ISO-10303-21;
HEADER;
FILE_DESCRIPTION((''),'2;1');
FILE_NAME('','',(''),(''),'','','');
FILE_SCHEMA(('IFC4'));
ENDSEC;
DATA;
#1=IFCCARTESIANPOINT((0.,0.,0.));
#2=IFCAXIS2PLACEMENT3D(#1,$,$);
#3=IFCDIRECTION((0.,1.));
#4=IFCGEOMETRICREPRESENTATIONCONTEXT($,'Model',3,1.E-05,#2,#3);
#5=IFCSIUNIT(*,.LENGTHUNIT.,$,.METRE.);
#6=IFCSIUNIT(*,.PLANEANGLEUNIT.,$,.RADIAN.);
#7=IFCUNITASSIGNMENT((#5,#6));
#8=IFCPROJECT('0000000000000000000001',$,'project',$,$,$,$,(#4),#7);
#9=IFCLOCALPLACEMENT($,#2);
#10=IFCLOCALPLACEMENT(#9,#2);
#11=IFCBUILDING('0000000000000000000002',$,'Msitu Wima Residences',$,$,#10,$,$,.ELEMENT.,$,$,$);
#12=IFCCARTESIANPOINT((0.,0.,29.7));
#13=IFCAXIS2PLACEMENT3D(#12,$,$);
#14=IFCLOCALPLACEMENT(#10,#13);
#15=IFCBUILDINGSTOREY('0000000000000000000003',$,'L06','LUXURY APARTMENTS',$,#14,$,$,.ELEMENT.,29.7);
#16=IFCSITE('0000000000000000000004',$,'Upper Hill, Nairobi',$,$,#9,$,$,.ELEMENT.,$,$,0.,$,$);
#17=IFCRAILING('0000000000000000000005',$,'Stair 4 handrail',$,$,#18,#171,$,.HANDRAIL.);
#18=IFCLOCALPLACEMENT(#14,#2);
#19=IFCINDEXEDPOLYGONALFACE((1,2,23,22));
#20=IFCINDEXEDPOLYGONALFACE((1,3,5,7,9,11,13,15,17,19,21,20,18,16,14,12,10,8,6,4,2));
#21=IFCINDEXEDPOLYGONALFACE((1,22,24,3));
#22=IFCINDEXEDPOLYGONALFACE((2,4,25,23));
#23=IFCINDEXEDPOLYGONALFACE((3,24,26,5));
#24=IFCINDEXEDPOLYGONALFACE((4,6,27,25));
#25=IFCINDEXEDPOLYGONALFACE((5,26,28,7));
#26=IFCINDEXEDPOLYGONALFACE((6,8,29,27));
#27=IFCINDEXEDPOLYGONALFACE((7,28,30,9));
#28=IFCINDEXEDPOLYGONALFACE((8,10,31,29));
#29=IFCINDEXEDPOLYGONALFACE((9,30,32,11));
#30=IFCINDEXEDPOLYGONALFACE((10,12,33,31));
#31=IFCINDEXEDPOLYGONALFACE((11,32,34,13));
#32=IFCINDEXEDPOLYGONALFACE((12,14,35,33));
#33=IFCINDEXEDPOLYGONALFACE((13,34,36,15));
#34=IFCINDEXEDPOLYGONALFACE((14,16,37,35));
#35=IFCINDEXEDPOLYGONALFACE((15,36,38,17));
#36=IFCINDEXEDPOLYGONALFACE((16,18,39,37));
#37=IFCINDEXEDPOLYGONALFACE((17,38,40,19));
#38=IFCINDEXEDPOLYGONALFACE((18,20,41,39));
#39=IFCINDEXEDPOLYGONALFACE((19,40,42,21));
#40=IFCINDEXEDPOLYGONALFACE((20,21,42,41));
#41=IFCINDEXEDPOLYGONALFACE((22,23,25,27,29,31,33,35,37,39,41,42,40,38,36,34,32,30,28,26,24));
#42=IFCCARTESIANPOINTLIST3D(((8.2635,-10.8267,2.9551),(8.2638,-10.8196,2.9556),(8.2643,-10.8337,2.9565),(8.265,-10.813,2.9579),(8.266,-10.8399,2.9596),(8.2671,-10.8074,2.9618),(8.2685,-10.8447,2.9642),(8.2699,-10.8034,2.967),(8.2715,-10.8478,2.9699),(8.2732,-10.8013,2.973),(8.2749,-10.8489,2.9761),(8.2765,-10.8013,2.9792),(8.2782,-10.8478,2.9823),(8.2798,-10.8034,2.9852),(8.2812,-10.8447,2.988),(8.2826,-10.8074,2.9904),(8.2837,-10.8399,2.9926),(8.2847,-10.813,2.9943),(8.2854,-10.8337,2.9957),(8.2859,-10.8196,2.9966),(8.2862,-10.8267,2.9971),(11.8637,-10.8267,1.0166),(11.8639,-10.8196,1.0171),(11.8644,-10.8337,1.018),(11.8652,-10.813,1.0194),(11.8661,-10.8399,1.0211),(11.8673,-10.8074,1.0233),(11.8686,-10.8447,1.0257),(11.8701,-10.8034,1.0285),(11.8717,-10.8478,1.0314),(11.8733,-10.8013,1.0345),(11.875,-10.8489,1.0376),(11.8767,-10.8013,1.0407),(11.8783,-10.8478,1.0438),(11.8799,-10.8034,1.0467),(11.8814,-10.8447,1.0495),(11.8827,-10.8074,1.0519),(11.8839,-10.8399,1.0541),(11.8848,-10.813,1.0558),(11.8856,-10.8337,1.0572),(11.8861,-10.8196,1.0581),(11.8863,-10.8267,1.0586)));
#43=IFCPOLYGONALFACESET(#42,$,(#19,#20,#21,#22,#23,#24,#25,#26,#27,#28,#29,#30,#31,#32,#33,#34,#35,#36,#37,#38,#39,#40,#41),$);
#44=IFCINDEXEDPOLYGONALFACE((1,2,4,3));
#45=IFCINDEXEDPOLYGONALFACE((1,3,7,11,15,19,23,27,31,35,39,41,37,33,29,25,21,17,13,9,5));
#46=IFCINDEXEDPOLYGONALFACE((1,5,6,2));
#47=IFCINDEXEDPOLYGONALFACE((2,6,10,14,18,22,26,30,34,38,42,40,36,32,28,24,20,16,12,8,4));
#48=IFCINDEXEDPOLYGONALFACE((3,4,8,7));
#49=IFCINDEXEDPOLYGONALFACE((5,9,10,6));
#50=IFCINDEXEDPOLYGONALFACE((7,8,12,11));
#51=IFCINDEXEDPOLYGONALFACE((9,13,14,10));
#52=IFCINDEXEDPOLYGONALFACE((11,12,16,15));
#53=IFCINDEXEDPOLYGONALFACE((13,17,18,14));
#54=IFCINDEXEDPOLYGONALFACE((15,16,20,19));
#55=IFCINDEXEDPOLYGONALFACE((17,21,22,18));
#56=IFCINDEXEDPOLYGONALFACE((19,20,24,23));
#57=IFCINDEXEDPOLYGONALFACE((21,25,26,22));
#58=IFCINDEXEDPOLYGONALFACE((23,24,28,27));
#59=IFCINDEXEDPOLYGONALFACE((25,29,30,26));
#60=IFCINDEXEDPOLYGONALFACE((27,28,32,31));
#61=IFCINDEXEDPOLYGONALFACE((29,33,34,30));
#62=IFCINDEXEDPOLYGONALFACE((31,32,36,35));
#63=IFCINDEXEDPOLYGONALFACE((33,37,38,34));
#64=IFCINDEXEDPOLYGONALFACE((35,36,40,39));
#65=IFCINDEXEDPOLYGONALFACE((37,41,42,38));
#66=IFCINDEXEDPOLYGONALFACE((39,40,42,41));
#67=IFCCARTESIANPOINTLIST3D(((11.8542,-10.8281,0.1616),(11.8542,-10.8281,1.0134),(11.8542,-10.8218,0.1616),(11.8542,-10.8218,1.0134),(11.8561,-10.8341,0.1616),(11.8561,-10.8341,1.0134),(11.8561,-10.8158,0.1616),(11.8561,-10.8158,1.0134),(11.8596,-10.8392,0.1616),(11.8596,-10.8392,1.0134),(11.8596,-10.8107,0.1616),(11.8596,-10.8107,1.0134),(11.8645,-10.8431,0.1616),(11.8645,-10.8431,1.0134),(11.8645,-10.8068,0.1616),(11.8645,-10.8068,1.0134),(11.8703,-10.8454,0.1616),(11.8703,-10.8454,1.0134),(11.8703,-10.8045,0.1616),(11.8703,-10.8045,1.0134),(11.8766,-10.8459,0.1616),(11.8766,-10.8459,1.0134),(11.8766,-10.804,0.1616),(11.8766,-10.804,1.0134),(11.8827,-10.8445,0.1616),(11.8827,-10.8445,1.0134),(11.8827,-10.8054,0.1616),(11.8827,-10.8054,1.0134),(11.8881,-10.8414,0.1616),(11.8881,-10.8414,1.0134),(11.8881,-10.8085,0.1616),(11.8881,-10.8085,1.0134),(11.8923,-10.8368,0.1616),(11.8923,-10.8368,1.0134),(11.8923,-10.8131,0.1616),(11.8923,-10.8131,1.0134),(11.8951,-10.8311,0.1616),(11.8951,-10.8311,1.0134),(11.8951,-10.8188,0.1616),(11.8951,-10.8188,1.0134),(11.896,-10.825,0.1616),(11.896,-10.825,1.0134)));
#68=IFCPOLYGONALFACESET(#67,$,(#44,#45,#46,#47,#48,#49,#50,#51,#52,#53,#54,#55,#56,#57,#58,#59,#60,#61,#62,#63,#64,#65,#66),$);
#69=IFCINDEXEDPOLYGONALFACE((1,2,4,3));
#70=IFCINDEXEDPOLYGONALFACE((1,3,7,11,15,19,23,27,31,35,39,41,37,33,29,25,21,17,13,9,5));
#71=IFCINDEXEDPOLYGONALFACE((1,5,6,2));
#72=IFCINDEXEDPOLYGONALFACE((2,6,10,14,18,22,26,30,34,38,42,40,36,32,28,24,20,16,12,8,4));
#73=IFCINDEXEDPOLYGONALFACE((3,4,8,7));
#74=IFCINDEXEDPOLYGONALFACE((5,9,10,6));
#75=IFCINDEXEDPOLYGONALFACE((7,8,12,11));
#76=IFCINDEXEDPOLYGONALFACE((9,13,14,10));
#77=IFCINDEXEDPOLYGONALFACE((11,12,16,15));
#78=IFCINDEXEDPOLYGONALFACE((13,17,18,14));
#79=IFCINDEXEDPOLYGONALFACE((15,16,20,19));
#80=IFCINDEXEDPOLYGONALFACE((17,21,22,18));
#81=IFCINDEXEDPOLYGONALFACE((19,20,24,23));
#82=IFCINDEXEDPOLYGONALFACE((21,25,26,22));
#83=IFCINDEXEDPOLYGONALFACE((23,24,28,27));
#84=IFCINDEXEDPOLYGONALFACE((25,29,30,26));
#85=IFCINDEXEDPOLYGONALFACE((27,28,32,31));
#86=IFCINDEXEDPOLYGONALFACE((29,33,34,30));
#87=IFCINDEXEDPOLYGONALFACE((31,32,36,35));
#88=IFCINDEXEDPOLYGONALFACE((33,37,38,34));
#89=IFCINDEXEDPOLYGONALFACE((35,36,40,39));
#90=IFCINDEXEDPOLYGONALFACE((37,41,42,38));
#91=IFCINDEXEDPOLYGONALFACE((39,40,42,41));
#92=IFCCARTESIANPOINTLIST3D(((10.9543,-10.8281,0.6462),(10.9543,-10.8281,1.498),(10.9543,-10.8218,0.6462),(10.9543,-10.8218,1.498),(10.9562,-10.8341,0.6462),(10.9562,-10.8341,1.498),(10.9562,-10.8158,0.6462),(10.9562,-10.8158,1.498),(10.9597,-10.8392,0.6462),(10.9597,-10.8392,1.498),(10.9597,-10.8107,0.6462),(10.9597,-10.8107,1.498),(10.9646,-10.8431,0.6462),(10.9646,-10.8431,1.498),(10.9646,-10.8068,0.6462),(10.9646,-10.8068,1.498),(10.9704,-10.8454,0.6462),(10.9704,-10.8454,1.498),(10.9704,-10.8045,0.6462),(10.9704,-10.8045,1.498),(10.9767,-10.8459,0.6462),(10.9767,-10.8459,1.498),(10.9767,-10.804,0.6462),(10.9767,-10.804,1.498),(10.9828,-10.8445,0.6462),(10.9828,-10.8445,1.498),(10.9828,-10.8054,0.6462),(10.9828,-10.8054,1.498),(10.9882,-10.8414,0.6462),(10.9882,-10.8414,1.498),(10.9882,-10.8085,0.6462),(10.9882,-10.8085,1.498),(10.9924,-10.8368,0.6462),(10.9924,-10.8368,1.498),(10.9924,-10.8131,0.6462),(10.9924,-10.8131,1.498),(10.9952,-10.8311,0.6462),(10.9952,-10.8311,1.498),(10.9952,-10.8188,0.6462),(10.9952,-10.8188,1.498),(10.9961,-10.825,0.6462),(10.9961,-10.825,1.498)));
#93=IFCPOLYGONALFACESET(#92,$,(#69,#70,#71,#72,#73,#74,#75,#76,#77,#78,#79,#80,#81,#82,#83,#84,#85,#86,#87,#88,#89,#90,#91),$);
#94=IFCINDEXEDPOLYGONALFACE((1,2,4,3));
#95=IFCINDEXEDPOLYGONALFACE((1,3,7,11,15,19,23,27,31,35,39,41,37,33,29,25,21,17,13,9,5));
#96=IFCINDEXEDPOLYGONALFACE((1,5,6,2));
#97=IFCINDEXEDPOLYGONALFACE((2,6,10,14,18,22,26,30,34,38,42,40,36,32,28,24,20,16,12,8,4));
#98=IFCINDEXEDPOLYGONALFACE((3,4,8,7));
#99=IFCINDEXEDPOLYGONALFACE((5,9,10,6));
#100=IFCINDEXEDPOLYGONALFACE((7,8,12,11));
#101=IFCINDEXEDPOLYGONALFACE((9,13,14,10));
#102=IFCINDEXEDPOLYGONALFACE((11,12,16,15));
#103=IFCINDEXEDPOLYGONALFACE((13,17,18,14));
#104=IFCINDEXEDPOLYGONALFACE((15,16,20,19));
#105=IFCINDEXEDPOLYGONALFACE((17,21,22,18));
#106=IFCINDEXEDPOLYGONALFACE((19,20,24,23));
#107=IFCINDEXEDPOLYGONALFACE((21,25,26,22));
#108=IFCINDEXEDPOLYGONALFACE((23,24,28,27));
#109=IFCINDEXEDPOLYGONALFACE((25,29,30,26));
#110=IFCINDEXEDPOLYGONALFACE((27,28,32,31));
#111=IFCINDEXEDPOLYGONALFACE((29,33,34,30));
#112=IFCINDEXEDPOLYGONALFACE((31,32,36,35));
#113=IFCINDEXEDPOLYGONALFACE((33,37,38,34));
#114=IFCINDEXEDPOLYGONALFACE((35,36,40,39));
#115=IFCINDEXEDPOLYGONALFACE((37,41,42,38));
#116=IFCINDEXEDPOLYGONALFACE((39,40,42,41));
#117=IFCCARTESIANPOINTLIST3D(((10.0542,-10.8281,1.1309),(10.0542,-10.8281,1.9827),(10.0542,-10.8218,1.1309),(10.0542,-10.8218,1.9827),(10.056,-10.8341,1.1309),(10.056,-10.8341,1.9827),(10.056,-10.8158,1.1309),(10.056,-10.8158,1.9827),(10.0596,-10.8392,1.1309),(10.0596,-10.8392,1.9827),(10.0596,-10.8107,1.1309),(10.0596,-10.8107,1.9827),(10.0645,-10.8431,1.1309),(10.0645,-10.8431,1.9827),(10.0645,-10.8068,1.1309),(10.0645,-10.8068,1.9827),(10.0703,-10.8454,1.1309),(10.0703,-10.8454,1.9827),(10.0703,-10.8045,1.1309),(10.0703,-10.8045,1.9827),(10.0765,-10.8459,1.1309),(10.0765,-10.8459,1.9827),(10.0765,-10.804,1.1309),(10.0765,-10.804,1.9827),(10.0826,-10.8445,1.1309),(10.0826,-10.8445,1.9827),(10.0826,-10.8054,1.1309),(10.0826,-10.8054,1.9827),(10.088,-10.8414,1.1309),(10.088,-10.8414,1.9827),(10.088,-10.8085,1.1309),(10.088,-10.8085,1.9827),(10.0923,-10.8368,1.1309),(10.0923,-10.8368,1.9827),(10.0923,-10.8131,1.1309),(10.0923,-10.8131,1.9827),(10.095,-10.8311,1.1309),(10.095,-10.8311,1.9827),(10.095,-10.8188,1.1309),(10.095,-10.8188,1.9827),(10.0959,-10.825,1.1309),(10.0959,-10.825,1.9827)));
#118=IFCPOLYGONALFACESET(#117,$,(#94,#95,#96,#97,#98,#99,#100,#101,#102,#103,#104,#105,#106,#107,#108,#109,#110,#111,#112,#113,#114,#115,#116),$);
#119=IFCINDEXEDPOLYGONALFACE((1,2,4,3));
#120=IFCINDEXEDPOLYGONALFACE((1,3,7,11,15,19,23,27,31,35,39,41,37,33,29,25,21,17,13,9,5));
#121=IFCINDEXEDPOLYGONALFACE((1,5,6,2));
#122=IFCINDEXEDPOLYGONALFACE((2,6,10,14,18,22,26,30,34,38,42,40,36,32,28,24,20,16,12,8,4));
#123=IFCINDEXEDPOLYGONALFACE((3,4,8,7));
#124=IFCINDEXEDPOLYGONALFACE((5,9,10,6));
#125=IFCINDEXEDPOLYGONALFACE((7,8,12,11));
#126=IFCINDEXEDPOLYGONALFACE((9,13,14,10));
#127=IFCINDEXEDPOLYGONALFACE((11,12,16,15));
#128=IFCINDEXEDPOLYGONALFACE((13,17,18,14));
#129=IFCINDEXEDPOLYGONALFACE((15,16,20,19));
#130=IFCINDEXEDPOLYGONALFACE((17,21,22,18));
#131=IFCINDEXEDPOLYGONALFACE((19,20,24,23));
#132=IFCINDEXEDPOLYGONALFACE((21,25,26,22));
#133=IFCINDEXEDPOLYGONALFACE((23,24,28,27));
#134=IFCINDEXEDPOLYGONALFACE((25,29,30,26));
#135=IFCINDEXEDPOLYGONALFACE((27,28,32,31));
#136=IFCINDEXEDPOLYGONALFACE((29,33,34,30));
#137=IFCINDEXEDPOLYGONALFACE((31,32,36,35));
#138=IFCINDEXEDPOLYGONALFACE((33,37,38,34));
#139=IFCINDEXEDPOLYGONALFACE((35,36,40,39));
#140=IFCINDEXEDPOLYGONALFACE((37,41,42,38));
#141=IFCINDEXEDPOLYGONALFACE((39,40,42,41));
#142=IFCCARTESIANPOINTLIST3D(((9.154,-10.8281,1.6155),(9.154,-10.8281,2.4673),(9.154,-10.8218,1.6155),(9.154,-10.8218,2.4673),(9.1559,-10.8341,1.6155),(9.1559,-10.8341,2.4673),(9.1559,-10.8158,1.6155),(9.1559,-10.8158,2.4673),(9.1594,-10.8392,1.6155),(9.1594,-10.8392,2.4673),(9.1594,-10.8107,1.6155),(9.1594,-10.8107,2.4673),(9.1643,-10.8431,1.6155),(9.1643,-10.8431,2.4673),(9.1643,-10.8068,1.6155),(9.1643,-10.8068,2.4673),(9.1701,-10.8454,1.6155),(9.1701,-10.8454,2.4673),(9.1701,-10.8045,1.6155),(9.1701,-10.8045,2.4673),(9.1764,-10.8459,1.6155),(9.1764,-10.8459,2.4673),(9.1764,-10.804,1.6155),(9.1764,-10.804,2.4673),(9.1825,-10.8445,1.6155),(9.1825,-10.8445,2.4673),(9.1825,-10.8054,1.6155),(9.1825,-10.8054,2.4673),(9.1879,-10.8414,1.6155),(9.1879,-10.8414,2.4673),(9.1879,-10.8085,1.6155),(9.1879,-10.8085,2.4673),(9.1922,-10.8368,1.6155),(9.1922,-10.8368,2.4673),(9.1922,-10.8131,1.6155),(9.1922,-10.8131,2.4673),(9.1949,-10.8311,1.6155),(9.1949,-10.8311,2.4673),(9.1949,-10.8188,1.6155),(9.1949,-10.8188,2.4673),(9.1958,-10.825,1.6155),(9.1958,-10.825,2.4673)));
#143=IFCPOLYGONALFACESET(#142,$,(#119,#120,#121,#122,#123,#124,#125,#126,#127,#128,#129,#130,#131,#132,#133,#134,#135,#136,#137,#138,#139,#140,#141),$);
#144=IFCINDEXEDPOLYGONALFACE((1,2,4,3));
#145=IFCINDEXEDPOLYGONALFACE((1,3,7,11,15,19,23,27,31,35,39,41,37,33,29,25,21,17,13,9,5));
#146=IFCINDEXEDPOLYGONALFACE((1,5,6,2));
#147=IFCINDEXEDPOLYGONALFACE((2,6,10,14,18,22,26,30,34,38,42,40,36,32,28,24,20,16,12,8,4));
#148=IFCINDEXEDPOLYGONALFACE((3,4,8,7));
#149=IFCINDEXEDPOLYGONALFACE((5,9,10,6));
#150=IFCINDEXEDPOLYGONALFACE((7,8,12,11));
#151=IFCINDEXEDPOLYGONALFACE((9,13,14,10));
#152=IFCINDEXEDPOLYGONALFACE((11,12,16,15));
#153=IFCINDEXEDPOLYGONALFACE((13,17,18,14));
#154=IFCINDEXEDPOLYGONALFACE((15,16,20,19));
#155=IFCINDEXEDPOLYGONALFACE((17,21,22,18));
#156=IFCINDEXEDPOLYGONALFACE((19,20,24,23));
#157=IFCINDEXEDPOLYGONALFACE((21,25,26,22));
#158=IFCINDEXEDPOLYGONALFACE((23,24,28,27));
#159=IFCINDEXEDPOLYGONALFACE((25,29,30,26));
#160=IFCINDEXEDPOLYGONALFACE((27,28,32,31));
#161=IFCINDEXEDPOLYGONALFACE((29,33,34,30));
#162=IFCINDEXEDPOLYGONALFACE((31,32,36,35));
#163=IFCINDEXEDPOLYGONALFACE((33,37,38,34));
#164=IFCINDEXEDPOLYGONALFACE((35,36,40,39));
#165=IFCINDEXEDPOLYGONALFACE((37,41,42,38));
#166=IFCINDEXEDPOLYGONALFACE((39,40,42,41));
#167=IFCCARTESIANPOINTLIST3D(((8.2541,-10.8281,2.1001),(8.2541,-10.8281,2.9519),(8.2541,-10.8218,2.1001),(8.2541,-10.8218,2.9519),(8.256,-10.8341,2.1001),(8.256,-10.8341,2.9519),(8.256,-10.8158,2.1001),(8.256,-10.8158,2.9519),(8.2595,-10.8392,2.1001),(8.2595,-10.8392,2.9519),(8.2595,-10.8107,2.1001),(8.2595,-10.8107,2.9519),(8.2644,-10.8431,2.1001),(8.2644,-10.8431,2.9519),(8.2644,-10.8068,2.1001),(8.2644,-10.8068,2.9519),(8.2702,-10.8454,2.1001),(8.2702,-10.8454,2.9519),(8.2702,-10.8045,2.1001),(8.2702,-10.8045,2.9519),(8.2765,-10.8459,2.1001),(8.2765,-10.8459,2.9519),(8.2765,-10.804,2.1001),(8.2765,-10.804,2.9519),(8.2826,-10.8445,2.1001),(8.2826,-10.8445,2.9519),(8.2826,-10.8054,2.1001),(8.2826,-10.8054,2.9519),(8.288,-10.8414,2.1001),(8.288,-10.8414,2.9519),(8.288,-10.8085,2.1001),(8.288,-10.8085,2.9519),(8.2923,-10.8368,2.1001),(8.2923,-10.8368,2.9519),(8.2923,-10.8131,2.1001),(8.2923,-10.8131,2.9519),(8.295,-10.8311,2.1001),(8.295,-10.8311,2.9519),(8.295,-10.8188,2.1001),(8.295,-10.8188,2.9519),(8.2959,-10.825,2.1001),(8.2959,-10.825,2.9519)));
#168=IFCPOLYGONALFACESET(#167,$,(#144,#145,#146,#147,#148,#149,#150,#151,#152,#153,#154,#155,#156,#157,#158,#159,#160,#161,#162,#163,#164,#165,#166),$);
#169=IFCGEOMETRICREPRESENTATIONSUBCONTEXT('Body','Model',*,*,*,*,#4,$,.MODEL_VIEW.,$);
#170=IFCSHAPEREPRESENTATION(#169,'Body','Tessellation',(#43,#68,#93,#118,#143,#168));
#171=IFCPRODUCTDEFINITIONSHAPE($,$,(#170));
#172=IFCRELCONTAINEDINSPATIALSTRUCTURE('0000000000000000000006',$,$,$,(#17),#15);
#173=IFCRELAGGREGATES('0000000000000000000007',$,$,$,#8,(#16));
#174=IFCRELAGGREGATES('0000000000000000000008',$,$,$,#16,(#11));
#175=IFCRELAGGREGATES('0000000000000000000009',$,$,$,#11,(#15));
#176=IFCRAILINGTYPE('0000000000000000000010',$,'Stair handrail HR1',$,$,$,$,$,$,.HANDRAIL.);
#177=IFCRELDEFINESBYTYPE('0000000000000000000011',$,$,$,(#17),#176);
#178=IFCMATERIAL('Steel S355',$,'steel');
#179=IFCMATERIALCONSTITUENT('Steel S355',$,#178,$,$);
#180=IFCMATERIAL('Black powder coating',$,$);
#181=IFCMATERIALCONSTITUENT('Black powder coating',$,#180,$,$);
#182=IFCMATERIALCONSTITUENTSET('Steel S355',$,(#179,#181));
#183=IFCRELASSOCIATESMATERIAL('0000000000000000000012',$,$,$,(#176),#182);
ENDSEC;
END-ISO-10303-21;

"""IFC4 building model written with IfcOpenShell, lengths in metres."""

from ifc_helpers import new_model, si_unit, direction, frame, origin, origin_2d, place, context, subcontext, project, spatial, circle, extrude, material, constituent, constituent_set, type_object, element, save


model = new_model("IFC4")

# Units and contexts
model_context = context("Model", 3, precision=1e-05, world=origin(), true_north=direction((0.0, 1.0)))
body_context = subcontext(model_context, "Body", "Model", "MODEL_VIEW")
ifc_project = project(units=[si_unit("LENGTHUNIT", "METRE"), si_unit("PLANEANGLEUNIT", "RADIAN")], contexts=[model_context])

# Site, building, storey
site_placement = place(None, origin())
site = spatial("IfcSite", under=ifc_project, at=site_placement, Name="Upper Hill, Nairobi", CompositionType="ELEMENT", RefElevation=0.0)
building_placement = place(site_placement, origin())
building = spatial("IfcBuilding", under=site, at=building_placement, Name="Msitu Wima Residences", CompositionType="ELEMENT")
storey_placement = place(building_placement, frame((0.0, 0.0, 29.7)))
storey = spatial("IfcBuildingStorey", under=building, at=storey_placement, Name="L06", Description="LUXURY APARTMENTS", CompositionType="ELEMENT", Elevation=29.7)

# Railing
ifc_material_1 = material(Name="Steel S355", Category="steel")
ifc_constituent_1 = constituent(ifc_material_1, Name="Steel S355")
ifc_material_2 = material(Name="Black powder coating")
ifc_constituent_2 = constituent(ifc_material_2, Name="Black powder coating")
ifc_constituent_set = constituent_set(constituents=[ifc_constituent_1, ifc_constituent_2], Name="Steel S355")
railing_type = type_object("IfcRailingType", Name="Stair handrail HR1", PredefinedType="HANDRAIL", material=ifc_constituent_set)
for number, where, name in (
    (1, (11.875, -10.825, 0.1616), "Stair 4 handrail"),
):
    element("IfcRailing", number, at=place(storey_placement, frame(where)), inside=storey, type_object=railing_type, Name=name, PredefinedType="HANDRAIL", context=body_context, shape_type="SweptSolid", body=[
        extrude(circle(Radius=0.0239, at=origin_2d()), frame((0.0, 0.0, 0.876), z_axis=(-0.880475, 0.0, 0.474093), x_axis=(0.0, -1.0, 0.0)), (0.0, 0.0, 1.0), 4.0889),
        extrude(circle(Radius=0.021, at=origin_2d()), origin(), (0.0, 0.0, 1.0), 0.8518),
        extrude(circle(Radius=0.021, at=origin_2d()), frame((-0.8999, 0.0, 0.4846)), (0.0, 0.0, 1.0), 0.8518),
        extrude(circle(Radius=0.021, at=origin_2d()), frame((-1.8, 0.0, 0.9692)), (0.0, 0.0, 1.0), 0.8518),
        extrude(circle(Radius=0.021, at=origin_2d()), frame((-2.7002, 0.0, 1.4539)), (0.0, 0.0, 1.0), 0.8518),
        extrude(circle(Radius=0.021, at=origin_2d()), frame((-3.6001, 0.0, 1.9385)), (0.0, 0.0, 1.0), 0.8518),
    ])

save(model, "model.ifc")
